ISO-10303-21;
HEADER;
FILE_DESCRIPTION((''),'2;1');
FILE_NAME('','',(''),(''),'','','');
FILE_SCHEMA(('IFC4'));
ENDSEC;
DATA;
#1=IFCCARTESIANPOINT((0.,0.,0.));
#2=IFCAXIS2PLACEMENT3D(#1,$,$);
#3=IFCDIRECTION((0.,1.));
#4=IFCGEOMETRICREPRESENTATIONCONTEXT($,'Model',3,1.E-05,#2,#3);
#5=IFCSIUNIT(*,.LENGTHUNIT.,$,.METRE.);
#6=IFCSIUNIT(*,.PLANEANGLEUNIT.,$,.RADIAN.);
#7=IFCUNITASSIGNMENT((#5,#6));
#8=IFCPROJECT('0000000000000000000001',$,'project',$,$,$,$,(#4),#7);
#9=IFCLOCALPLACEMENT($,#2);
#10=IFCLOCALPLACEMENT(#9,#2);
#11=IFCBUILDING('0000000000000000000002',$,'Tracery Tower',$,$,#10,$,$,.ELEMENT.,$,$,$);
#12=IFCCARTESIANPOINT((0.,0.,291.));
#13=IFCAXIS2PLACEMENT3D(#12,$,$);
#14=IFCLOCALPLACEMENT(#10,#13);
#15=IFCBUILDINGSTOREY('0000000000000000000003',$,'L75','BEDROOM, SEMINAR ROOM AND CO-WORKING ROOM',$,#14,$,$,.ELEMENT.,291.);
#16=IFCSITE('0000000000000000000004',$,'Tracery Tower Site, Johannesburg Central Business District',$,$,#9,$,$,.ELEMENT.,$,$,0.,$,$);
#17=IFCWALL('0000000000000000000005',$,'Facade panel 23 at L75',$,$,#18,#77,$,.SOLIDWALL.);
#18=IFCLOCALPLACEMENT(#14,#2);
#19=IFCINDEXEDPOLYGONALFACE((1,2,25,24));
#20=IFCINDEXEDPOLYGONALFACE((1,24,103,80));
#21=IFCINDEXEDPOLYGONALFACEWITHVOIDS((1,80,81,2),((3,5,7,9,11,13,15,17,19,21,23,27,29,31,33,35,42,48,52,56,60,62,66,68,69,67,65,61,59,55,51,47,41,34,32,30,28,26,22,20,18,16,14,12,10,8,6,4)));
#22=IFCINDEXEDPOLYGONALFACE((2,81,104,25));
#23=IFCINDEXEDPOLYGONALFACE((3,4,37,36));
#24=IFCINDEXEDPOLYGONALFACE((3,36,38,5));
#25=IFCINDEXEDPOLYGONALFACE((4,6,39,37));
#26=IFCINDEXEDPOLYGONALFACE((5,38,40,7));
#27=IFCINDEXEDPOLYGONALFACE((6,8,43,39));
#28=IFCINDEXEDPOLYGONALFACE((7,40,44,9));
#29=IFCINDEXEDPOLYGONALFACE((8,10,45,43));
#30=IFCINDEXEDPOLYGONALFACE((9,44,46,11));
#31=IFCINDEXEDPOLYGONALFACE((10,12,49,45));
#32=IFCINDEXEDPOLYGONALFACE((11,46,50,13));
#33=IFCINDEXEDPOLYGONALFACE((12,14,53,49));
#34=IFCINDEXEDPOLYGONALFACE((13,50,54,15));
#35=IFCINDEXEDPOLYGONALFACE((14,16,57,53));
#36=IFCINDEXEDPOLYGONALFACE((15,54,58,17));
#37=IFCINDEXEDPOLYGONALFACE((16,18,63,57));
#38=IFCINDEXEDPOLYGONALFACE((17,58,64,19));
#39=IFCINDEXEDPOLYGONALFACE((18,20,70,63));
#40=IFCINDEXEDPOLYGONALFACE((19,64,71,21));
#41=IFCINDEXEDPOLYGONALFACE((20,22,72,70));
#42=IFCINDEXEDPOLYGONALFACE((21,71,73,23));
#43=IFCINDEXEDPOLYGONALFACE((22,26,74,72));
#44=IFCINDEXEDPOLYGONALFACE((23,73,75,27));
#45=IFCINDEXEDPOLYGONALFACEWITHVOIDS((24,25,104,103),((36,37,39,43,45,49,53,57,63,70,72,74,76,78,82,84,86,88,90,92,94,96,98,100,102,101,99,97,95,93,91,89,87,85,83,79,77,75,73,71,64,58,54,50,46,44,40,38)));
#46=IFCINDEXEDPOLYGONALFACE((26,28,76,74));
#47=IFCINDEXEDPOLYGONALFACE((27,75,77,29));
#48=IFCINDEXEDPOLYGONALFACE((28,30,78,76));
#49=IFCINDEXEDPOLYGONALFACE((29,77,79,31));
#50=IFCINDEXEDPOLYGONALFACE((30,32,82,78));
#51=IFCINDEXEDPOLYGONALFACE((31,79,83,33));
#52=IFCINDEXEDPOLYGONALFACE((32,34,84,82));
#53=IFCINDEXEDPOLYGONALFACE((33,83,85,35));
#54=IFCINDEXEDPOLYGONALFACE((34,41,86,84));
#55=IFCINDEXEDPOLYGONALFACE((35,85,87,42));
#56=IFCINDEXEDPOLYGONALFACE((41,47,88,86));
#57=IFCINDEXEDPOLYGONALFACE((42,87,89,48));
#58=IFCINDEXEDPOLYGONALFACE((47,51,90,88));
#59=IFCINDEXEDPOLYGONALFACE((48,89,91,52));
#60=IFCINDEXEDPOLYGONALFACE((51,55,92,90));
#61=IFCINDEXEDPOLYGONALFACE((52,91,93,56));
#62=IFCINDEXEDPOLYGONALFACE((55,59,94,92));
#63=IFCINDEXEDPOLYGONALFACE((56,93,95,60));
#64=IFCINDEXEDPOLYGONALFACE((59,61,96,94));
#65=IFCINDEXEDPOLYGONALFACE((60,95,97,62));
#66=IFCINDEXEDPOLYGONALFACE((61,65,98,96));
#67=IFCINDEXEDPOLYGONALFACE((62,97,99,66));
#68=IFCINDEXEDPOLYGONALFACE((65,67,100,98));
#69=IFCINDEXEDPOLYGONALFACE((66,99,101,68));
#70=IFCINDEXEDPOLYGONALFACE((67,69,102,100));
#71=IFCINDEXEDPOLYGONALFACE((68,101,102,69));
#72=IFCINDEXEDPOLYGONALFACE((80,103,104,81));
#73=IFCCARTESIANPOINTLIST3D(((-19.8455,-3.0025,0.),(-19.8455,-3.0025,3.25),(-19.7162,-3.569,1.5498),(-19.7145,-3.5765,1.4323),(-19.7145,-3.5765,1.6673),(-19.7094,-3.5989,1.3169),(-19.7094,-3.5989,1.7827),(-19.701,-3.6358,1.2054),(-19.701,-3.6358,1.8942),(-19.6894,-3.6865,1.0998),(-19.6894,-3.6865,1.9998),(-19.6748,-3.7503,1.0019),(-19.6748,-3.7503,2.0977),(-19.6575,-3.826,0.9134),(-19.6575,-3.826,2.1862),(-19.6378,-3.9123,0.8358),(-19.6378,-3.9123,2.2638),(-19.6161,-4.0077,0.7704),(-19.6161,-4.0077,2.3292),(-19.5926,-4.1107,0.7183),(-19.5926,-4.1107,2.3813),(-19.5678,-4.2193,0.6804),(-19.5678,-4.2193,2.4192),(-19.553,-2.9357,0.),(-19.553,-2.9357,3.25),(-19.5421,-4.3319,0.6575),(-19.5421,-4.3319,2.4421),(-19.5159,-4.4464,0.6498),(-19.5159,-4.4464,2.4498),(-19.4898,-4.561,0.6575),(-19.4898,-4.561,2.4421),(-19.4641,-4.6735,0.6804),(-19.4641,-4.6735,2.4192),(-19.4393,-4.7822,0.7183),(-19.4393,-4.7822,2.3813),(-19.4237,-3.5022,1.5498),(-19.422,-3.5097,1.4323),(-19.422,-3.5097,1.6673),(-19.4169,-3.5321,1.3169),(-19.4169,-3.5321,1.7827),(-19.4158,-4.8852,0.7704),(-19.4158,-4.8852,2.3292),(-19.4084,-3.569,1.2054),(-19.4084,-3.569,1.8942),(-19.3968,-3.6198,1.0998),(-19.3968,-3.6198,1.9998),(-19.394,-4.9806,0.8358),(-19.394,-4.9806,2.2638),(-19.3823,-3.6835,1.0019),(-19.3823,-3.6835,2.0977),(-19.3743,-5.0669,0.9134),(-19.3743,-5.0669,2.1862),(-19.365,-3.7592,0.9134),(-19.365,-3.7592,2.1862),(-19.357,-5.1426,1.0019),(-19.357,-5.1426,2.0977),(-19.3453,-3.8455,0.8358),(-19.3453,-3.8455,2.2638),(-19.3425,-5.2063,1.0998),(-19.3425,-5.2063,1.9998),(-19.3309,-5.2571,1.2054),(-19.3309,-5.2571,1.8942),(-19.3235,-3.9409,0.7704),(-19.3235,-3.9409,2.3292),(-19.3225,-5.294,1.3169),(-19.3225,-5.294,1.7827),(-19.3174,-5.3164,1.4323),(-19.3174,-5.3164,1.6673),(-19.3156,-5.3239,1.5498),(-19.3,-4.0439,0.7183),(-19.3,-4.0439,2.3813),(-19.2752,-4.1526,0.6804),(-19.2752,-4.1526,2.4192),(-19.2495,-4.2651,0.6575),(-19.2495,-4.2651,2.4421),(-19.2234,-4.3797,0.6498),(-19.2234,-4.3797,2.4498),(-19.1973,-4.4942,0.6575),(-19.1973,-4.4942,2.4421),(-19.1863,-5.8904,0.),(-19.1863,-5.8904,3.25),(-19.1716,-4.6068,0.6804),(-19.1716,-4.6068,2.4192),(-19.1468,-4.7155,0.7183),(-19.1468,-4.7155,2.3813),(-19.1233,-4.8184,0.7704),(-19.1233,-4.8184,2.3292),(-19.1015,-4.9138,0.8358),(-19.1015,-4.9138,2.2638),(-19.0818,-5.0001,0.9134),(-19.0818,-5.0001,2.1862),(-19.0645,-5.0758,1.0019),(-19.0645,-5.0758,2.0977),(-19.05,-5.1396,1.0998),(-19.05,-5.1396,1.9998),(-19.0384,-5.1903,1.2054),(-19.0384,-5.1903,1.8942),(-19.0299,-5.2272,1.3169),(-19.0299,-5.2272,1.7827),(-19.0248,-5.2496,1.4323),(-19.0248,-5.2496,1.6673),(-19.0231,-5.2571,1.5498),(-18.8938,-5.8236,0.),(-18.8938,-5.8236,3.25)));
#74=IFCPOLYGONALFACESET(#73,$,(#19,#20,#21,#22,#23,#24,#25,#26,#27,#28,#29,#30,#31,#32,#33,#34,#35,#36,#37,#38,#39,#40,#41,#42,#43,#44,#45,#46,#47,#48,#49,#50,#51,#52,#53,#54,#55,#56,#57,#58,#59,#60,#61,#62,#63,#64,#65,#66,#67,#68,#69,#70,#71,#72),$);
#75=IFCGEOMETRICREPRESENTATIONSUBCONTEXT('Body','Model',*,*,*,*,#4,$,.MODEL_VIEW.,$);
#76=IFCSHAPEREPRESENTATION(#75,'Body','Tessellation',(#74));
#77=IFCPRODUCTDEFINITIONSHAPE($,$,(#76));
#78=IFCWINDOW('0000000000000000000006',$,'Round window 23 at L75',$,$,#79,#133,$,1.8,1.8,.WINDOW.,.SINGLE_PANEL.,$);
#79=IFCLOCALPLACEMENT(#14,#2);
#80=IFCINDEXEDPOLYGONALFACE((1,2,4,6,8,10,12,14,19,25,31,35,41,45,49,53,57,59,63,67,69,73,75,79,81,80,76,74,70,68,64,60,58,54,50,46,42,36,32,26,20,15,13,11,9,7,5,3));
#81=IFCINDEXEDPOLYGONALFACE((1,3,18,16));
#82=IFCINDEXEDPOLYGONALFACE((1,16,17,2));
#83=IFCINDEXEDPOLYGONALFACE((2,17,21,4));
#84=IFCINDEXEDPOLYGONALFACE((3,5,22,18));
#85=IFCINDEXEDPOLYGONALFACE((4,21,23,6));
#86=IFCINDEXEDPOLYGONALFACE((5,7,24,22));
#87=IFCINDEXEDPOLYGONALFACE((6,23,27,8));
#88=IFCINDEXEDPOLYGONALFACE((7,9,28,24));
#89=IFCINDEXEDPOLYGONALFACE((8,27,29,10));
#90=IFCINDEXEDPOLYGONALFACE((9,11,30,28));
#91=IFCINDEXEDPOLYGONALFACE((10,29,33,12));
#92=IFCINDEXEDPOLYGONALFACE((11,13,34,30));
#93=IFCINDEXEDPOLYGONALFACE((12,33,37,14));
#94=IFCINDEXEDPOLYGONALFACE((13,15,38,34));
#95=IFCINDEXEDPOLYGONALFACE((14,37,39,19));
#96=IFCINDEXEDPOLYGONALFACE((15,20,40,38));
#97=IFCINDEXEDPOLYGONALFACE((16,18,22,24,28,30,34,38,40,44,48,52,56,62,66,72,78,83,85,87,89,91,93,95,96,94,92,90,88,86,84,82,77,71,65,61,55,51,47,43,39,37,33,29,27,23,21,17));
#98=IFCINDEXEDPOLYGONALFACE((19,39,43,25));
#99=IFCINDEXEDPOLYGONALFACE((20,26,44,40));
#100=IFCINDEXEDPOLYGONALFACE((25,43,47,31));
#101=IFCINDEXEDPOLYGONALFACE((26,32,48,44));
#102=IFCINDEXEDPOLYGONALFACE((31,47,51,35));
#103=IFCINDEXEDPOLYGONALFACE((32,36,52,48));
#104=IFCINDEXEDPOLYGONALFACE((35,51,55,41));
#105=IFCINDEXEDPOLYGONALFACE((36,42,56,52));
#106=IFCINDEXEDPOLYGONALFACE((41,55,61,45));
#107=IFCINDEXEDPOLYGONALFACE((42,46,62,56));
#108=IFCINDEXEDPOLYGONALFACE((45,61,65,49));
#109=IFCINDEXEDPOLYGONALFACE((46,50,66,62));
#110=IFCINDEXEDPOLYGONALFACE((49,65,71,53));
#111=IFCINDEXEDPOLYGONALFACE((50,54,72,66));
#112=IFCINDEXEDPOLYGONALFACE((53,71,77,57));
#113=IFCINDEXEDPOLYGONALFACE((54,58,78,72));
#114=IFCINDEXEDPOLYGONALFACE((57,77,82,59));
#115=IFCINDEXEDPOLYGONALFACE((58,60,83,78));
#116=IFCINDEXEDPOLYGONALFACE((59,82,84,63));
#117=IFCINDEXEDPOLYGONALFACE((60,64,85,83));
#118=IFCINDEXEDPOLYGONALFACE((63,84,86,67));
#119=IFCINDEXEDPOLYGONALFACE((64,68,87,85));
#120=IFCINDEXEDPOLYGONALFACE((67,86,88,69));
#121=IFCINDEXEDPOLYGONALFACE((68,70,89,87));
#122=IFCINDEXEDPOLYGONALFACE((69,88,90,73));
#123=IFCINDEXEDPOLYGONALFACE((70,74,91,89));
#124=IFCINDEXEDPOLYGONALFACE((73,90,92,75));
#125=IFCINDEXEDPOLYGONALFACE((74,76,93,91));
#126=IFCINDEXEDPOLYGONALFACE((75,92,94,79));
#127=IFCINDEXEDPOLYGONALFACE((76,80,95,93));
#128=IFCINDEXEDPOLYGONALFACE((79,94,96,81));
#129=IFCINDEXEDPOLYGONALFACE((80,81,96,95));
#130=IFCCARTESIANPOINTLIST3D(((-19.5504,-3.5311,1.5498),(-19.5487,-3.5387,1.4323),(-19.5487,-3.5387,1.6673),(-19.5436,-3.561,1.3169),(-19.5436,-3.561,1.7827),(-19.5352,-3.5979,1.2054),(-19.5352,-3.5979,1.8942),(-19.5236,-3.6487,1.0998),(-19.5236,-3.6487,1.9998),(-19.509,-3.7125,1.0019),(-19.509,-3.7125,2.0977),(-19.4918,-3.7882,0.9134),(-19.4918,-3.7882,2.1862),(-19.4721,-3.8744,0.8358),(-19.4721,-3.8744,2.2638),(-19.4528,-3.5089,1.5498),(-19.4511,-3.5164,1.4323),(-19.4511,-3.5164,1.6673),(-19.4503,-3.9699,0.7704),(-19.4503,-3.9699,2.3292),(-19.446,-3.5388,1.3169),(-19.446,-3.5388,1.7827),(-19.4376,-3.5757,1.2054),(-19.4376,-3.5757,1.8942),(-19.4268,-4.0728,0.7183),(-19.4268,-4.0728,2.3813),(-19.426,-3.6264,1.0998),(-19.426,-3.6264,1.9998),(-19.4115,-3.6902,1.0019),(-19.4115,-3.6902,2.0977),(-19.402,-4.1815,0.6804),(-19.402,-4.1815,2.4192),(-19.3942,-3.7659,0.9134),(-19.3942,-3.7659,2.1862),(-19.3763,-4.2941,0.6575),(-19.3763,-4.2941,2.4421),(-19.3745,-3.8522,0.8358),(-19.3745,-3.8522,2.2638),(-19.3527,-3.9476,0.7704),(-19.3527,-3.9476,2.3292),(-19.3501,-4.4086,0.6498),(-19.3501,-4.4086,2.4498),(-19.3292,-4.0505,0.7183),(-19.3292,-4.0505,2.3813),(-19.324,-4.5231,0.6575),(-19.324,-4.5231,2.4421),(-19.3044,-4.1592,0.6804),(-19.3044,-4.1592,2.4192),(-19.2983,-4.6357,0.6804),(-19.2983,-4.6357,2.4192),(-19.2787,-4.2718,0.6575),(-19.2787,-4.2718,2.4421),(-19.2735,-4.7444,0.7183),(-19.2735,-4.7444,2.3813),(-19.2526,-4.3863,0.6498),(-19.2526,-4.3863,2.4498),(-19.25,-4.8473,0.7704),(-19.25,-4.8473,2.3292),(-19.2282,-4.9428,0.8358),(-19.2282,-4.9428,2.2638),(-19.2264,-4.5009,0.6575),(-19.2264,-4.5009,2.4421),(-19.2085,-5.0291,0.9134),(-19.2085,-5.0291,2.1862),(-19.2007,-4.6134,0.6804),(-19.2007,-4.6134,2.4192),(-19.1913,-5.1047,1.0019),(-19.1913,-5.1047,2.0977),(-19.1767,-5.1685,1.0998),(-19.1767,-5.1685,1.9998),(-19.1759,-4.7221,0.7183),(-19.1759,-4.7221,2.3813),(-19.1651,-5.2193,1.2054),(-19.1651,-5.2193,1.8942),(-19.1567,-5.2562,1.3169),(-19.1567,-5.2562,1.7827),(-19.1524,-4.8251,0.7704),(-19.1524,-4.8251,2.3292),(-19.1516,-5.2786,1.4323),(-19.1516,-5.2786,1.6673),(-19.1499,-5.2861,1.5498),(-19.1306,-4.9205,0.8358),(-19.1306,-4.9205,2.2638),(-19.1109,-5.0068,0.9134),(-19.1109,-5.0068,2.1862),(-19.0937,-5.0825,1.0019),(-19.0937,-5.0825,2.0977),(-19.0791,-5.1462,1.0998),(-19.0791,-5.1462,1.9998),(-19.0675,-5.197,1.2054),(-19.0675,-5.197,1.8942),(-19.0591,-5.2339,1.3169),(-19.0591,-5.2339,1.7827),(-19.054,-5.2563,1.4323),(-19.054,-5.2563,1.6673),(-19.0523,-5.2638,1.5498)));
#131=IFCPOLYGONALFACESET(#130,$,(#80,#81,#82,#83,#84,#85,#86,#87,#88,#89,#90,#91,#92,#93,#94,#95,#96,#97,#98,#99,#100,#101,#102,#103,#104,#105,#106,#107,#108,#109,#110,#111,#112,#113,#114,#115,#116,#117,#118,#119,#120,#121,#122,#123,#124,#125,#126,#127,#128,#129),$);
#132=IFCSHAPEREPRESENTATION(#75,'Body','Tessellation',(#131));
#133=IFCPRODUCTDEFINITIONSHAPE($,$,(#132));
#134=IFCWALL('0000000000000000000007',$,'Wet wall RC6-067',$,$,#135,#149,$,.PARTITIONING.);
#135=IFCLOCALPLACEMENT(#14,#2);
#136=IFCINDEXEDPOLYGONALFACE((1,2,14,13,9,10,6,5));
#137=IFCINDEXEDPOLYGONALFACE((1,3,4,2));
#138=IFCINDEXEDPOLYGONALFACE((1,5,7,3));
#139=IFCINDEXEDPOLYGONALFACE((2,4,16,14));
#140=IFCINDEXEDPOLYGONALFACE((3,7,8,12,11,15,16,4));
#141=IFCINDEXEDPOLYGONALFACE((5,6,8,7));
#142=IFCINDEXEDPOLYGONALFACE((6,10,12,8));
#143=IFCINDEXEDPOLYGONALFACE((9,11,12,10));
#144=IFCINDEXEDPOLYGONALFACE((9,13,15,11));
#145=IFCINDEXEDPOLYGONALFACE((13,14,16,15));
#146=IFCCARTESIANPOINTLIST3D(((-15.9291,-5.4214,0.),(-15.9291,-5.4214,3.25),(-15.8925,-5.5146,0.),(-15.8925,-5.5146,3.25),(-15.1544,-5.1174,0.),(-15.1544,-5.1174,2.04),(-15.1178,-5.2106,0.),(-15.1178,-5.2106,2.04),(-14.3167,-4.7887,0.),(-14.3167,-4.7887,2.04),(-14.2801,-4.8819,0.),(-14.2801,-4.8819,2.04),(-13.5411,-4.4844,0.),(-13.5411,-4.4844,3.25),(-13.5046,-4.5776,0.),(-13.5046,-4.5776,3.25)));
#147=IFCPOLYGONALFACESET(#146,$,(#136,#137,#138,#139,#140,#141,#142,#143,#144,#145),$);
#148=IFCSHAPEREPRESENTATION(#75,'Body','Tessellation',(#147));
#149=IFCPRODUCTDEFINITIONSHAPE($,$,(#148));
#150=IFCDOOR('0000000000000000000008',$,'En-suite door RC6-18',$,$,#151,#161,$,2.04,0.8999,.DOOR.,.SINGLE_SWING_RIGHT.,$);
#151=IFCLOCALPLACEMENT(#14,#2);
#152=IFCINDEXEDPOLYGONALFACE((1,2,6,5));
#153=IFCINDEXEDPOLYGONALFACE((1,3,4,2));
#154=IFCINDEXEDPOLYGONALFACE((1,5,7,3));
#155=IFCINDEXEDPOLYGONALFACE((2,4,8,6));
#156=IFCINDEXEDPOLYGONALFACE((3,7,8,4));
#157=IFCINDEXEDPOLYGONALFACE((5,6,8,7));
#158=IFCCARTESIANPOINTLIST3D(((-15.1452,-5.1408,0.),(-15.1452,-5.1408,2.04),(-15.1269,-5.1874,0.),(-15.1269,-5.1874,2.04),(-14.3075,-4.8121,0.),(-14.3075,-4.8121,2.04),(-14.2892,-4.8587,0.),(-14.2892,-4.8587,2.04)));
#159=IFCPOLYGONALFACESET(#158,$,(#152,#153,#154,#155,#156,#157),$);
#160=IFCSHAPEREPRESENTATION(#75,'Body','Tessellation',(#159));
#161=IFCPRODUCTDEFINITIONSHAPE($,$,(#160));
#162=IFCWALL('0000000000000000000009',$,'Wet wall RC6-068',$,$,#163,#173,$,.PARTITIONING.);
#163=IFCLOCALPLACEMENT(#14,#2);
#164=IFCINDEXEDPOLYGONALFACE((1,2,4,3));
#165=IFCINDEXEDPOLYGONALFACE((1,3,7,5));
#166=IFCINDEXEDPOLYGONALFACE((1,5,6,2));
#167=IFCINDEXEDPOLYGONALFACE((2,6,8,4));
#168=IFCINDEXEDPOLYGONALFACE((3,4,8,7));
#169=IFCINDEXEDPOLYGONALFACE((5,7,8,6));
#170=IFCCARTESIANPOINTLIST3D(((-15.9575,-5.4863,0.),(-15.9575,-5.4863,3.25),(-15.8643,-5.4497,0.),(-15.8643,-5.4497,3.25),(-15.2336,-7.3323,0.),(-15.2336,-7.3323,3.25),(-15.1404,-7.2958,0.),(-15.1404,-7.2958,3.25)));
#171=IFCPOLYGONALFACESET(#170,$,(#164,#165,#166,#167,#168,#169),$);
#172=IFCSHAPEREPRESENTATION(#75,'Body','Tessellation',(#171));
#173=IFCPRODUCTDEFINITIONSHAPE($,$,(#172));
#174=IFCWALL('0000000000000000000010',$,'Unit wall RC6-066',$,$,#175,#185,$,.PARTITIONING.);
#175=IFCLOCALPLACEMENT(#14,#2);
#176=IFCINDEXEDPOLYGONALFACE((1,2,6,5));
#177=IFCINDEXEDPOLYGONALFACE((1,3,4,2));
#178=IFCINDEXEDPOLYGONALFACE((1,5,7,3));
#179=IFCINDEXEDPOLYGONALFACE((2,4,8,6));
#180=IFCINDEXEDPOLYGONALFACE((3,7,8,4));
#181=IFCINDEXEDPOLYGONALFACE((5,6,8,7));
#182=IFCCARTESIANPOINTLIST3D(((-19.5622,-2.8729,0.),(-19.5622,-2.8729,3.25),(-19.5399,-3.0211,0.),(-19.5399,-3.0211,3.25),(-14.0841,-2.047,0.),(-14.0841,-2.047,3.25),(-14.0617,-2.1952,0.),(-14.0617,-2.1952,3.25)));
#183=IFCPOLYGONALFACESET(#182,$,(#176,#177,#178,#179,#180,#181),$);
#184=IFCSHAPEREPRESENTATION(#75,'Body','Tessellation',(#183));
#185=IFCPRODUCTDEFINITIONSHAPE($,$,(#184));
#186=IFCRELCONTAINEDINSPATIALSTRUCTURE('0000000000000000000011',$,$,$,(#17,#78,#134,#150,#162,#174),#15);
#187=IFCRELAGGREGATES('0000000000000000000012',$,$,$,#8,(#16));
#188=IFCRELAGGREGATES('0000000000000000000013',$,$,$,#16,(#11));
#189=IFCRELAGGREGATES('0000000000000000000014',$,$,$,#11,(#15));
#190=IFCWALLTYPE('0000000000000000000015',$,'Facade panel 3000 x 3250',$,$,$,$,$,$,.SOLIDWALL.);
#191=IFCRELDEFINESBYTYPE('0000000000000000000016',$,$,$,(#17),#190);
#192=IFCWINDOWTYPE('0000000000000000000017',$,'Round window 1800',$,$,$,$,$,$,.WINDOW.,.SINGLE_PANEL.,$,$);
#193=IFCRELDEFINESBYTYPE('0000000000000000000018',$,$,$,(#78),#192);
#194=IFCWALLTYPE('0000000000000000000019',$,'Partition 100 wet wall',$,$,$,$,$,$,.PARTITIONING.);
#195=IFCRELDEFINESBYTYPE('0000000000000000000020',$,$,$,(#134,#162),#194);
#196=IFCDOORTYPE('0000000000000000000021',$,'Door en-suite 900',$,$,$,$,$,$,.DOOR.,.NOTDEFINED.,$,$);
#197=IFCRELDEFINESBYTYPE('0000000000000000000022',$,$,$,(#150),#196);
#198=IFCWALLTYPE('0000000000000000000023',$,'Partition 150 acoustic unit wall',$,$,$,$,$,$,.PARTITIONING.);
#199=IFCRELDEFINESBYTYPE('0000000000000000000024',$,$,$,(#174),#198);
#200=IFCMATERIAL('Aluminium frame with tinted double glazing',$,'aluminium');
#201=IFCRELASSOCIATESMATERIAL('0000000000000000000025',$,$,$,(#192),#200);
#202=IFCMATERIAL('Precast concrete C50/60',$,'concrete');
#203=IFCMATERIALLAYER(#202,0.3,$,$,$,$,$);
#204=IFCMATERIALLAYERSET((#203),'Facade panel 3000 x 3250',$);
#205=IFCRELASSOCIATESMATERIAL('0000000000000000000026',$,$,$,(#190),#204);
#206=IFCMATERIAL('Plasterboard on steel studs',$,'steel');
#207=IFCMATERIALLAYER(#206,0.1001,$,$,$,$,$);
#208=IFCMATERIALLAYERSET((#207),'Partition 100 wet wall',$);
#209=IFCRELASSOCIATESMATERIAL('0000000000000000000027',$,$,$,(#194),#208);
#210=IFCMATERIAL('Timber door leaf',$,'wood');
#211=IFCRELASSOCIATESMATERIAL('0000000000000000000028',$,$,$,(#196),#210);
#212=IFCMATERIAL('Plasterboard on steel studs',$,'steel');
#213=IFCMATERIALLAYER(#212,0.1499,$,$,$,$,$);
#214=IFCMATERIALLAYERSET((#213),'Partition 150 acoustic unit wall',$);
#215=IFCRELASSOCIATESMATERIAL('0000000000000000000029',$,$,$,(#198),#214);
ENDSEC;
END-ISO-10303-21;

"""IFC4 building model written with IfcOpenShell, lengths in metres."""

from ifc_helpers import new_model, si_unit, direction, frame, frame_2d, origin, origin_2d, place, context, subcontext, project, spatial, rectangle, circle, extrude, material, layer, layer_set, type_object, element, fill, save


model = new_model("IFC4")

# Units and contexts
model_context = context("Model", 3, precision=1e-05, world=origin(), true_north=direction((0.0, 1.0)))
body_context = subcontext(model_context, "Body", "Model", "MODEL_VIEW")
ifc_project = project(units=[si_unit("LENGTHUNIT", "METRE"), si_unit("PLANEANGLEUNIT", "RADIAN")], contexts=[model_context])

# Site, building, storey
site_placement = place(None, origin())
site = spatial("IfcSite", under=ifc_project, at=site_placement, Name="Tracery Tower Site, Johannesburg Central Business District", CompositionType="ELEMENT", RefElevation=0.0)
building_placement = place(site_placement, origin())
building = spatial("IfcBuilding", under=site, at=building_placement, Name="Tracery Tower", CompositionType="ELEMENT")
storey_placement = place(building_placement, frame((0.0, 0.0, 291.0)))
storey = spatial("IfcBuildingStorey", under=building, at=storey_placement, Name="L75", Description="BEDROOM, SEMINAR ROOM AND CO-WORKING ROOM", CompositionType="ELEMENT", Elevation=291.0)

# Wall, opening, window
ifc_material_1 = material(Name="Aluminium frame with tinted double glazing", Category="aluminium")
window_type = type_object("IfcWindowType", Name="Round window 1800", PartitioningType="SINGLE_PANEL", PredefinedType="WINDOW", material=ifc_material_1)
ifc_material_2 = material(Name="Precast concrete C50/60", Category="concrete")
ifc_layer_1 = layer(ifc_material_2, 0.3)
ifc_layer_set_1 = layer_set([ifc_layer_1], Name="Facade panel 3000 x 3250")
wall_type_1 = type_object("IfcWallType", Name="Facade panel 3000 x 3250", PredefinedType="SOLIDWALL", material=ifc_layer_set_1)
wall_1_placement = place(storey_placement, frame((-19.6992, -2.9692, 0.0), z_axis=(0.0, 0.0, 1.0), x_axis=(0.222529, -0.974926, 0.0)))
wall_1 = element("IfcWall", 1, at=wall_1_placement, inside=storey, type_object=wall_type_1, Name="Facade panel 23 at L75", PredefinedType="SOLIDWALL", context=body_context, shape_type="SweptSolid", body=[
    extrude(rectangle(XDim=2.9622, YDim=0.3, at=frame_2d((1.481, 0.0))), origin(), (0.0, 0.0, 1.0), 3.25),
])
opening_1_placement = place(wall_1_placement, frame((1.481, 0.0, 1.5498)))
opening_1 = element("IfcOpeningElement", 2, at=opening_1_placement, cuts=wall_1, PredefinedType="OPENING", context=body_context, shape_type="SweptSolid", body=[
    extrude(circle(Radius=0.9, at=origin_2d()), frame((0.0, 0.1599, 0.0), z_axis=(0.0, -1.0, 0.0), x_axis=(1.0, 0.0, 0.0)), (0.0, 0.0, 1.0), 0.3201),
])
window_1_placement = place(opening_1_placement, origin())
window_1 = element("IfcWindow", 3, at=window_1_placement, inside=storey, type_object=window_type, Name="Round window 23 at L75", OverallHeight=1.8, OverallWidth=1.8, PartitioningType="SINGLE_PANEL", PredefinedType="WINDOW", context=body_context, shape_type="SweptSolid", body=[
    extrude(circle(Radius=0.9, at=origin_2d()), frame((0.0, 0.1201, 0.0), z_axis=(0.0, -1.0, 0.0), x_axis=(1.0, 0.0, 0.0)), (0.0, 0.0, 1.0), 0.1001),
])
fill(opening_1, window_1)

# Wall, opening, door
ifc_material_3 = material(Name="Plasterboard on steel studs", Category="steel")
ifc_layer_2 = layer(ifc_material_3, 0.1001)
ifc_layer_set_2 = layer_set([ifc_layer_2], Name="Partition 100 wet wall")
wall_type_2 = type_object("IfcWallType", Name="Partition 100 wet wall", PredefinedType="PARTITIONING", material=ifc_layer_set_2)
wall_2_placement = place(storey_placement, frame((-15.9109, -5.468, 0.0), z_axis=(0.0, 0.0, 1.0), x_axis=(0.930898, 0.365278, 0.0)))
wall_2 = element("IfcWall", 4, at=wall_2_placement, inside=storey, type_object=wall_type_2, Name="Wet wall RC6-067", PredefinedType="PARTITIONING", context=body_context, shape_type="SweptSolid", body=[
    extrude(rectangle(XDim=2.5652, YDim=0.1001, at=frame_2d((1.2827, 0.0))), origin(), (0.0, 0.0, 1.0), 3.25),
])
opening_2_placement = place(wall_2_placement, frame((0.8323, 0.0, 0.0)))
opening_2 = element("IfcOpeningElement", 5, at=opening_2_placement, cuts=wall_2, PredefinedType="OPENING", context=body_context, shape_type="SweptSolid", body=[
    extrude(rectangle(XDim=0.8999, YDim=2.04, at=frame_2d((0.45, 1.02))), frame((0.0, 0.05, 0.0), z_axis=(0.0, -1.0, 0.0), x_axis=(1.0, 0.0, 0.0)), (0.0, 0.0, 1.0), 0.1001),
])
ifc_material_4 = material(Name="Timber door leaf", Category="wood")
door_type_1 = type_object("IfcDoorType", Name="Door en-suite 900", OperationType="NOTDEFINED", PredefinedType="DOOR", material=ifc_material_4)
door_1_placement = place(opening_2_placement, origin())
door_1 = element("IfcDoor", 6, at=door_1_placement, inside=storey, type_object=door_type_1, Name="En-suite door RC6-18", OperationType="SINGLE_SWING_RIGHT", OverallHeight=2.04, OverallWidth=0.8999, PredefinedType="DOOR", context=body_context, shape_type="SweptSolid", body=[
    extrude(rectangle(XDim=0.8999, YDim=2.04, at=frame_2d((0.45, 1.02))), frame((0.0, 0.0249, 0.0), z_axis=(0.0, -1.0, 0.0), x_axis=(1.0, 0.0, 0.0)), (0.0, 0.0, 1.0), 0.05),
])
fill(opening_2, door_1)

# Walls
wall_3_placement = place(storey_placement, frame((-15.9109, -5.468, 0.0), z_axis=(0.0, 0.0, 1.0), x_axis=(0.365077, -0.930977, 0.0)))
element("IfcWall", 7, at=wall_3_placement, inside=storey, type_object=wall_type_2, Name="Wet wall RC6-068", PredefinedType="PARTITIONING", context=body_context, shape_type="SweptSolid", body=[
    extrude(rectangle(XDim=1.9829, YDim=0.1001, at=frame_2d((0.9915, 0.0))), origin(), (0.0, 0.0, 1.0), 3.25),
])
ifc_material_5 = material(Name="Plasterboard on steel studs", Category="steel")
ifc_layer_3 = layer(ifc_material_5, 0.1499)
ifc_layer_set_3 = layer_set([ifc_layer_3], Name="Partition 150 acoustic unit wall")
wall_type_3 = type_object("IfcWallType", Name="Partition 150 acoustic unit wall", PredefinedType="PARTITIONING", material=ifc_layer_set_3)
wall_4_placement = place(storey_placement, frame((-19.551, -2.947, 0.0), z_axis=(0.0, 0.0, 1.0), x_axis=(0.988824, 0.149086, 0.0)))
element("IfcWall", 8, at=wall_4_placement, inside=storey, type_object=wall_type_3, Name="Unit wall RC6-066", PredefinedType="PARTITIONING", context=body_context, shape_type="SweptSolid", body=[
    extrude(rectangle(XDim=5.54, YDim=0.1499, at=frame_2d((2.77, 0.0))), origin(), (0.0, 0.0, 1.0), 3.25),
])

save(model, "model.ifc")
